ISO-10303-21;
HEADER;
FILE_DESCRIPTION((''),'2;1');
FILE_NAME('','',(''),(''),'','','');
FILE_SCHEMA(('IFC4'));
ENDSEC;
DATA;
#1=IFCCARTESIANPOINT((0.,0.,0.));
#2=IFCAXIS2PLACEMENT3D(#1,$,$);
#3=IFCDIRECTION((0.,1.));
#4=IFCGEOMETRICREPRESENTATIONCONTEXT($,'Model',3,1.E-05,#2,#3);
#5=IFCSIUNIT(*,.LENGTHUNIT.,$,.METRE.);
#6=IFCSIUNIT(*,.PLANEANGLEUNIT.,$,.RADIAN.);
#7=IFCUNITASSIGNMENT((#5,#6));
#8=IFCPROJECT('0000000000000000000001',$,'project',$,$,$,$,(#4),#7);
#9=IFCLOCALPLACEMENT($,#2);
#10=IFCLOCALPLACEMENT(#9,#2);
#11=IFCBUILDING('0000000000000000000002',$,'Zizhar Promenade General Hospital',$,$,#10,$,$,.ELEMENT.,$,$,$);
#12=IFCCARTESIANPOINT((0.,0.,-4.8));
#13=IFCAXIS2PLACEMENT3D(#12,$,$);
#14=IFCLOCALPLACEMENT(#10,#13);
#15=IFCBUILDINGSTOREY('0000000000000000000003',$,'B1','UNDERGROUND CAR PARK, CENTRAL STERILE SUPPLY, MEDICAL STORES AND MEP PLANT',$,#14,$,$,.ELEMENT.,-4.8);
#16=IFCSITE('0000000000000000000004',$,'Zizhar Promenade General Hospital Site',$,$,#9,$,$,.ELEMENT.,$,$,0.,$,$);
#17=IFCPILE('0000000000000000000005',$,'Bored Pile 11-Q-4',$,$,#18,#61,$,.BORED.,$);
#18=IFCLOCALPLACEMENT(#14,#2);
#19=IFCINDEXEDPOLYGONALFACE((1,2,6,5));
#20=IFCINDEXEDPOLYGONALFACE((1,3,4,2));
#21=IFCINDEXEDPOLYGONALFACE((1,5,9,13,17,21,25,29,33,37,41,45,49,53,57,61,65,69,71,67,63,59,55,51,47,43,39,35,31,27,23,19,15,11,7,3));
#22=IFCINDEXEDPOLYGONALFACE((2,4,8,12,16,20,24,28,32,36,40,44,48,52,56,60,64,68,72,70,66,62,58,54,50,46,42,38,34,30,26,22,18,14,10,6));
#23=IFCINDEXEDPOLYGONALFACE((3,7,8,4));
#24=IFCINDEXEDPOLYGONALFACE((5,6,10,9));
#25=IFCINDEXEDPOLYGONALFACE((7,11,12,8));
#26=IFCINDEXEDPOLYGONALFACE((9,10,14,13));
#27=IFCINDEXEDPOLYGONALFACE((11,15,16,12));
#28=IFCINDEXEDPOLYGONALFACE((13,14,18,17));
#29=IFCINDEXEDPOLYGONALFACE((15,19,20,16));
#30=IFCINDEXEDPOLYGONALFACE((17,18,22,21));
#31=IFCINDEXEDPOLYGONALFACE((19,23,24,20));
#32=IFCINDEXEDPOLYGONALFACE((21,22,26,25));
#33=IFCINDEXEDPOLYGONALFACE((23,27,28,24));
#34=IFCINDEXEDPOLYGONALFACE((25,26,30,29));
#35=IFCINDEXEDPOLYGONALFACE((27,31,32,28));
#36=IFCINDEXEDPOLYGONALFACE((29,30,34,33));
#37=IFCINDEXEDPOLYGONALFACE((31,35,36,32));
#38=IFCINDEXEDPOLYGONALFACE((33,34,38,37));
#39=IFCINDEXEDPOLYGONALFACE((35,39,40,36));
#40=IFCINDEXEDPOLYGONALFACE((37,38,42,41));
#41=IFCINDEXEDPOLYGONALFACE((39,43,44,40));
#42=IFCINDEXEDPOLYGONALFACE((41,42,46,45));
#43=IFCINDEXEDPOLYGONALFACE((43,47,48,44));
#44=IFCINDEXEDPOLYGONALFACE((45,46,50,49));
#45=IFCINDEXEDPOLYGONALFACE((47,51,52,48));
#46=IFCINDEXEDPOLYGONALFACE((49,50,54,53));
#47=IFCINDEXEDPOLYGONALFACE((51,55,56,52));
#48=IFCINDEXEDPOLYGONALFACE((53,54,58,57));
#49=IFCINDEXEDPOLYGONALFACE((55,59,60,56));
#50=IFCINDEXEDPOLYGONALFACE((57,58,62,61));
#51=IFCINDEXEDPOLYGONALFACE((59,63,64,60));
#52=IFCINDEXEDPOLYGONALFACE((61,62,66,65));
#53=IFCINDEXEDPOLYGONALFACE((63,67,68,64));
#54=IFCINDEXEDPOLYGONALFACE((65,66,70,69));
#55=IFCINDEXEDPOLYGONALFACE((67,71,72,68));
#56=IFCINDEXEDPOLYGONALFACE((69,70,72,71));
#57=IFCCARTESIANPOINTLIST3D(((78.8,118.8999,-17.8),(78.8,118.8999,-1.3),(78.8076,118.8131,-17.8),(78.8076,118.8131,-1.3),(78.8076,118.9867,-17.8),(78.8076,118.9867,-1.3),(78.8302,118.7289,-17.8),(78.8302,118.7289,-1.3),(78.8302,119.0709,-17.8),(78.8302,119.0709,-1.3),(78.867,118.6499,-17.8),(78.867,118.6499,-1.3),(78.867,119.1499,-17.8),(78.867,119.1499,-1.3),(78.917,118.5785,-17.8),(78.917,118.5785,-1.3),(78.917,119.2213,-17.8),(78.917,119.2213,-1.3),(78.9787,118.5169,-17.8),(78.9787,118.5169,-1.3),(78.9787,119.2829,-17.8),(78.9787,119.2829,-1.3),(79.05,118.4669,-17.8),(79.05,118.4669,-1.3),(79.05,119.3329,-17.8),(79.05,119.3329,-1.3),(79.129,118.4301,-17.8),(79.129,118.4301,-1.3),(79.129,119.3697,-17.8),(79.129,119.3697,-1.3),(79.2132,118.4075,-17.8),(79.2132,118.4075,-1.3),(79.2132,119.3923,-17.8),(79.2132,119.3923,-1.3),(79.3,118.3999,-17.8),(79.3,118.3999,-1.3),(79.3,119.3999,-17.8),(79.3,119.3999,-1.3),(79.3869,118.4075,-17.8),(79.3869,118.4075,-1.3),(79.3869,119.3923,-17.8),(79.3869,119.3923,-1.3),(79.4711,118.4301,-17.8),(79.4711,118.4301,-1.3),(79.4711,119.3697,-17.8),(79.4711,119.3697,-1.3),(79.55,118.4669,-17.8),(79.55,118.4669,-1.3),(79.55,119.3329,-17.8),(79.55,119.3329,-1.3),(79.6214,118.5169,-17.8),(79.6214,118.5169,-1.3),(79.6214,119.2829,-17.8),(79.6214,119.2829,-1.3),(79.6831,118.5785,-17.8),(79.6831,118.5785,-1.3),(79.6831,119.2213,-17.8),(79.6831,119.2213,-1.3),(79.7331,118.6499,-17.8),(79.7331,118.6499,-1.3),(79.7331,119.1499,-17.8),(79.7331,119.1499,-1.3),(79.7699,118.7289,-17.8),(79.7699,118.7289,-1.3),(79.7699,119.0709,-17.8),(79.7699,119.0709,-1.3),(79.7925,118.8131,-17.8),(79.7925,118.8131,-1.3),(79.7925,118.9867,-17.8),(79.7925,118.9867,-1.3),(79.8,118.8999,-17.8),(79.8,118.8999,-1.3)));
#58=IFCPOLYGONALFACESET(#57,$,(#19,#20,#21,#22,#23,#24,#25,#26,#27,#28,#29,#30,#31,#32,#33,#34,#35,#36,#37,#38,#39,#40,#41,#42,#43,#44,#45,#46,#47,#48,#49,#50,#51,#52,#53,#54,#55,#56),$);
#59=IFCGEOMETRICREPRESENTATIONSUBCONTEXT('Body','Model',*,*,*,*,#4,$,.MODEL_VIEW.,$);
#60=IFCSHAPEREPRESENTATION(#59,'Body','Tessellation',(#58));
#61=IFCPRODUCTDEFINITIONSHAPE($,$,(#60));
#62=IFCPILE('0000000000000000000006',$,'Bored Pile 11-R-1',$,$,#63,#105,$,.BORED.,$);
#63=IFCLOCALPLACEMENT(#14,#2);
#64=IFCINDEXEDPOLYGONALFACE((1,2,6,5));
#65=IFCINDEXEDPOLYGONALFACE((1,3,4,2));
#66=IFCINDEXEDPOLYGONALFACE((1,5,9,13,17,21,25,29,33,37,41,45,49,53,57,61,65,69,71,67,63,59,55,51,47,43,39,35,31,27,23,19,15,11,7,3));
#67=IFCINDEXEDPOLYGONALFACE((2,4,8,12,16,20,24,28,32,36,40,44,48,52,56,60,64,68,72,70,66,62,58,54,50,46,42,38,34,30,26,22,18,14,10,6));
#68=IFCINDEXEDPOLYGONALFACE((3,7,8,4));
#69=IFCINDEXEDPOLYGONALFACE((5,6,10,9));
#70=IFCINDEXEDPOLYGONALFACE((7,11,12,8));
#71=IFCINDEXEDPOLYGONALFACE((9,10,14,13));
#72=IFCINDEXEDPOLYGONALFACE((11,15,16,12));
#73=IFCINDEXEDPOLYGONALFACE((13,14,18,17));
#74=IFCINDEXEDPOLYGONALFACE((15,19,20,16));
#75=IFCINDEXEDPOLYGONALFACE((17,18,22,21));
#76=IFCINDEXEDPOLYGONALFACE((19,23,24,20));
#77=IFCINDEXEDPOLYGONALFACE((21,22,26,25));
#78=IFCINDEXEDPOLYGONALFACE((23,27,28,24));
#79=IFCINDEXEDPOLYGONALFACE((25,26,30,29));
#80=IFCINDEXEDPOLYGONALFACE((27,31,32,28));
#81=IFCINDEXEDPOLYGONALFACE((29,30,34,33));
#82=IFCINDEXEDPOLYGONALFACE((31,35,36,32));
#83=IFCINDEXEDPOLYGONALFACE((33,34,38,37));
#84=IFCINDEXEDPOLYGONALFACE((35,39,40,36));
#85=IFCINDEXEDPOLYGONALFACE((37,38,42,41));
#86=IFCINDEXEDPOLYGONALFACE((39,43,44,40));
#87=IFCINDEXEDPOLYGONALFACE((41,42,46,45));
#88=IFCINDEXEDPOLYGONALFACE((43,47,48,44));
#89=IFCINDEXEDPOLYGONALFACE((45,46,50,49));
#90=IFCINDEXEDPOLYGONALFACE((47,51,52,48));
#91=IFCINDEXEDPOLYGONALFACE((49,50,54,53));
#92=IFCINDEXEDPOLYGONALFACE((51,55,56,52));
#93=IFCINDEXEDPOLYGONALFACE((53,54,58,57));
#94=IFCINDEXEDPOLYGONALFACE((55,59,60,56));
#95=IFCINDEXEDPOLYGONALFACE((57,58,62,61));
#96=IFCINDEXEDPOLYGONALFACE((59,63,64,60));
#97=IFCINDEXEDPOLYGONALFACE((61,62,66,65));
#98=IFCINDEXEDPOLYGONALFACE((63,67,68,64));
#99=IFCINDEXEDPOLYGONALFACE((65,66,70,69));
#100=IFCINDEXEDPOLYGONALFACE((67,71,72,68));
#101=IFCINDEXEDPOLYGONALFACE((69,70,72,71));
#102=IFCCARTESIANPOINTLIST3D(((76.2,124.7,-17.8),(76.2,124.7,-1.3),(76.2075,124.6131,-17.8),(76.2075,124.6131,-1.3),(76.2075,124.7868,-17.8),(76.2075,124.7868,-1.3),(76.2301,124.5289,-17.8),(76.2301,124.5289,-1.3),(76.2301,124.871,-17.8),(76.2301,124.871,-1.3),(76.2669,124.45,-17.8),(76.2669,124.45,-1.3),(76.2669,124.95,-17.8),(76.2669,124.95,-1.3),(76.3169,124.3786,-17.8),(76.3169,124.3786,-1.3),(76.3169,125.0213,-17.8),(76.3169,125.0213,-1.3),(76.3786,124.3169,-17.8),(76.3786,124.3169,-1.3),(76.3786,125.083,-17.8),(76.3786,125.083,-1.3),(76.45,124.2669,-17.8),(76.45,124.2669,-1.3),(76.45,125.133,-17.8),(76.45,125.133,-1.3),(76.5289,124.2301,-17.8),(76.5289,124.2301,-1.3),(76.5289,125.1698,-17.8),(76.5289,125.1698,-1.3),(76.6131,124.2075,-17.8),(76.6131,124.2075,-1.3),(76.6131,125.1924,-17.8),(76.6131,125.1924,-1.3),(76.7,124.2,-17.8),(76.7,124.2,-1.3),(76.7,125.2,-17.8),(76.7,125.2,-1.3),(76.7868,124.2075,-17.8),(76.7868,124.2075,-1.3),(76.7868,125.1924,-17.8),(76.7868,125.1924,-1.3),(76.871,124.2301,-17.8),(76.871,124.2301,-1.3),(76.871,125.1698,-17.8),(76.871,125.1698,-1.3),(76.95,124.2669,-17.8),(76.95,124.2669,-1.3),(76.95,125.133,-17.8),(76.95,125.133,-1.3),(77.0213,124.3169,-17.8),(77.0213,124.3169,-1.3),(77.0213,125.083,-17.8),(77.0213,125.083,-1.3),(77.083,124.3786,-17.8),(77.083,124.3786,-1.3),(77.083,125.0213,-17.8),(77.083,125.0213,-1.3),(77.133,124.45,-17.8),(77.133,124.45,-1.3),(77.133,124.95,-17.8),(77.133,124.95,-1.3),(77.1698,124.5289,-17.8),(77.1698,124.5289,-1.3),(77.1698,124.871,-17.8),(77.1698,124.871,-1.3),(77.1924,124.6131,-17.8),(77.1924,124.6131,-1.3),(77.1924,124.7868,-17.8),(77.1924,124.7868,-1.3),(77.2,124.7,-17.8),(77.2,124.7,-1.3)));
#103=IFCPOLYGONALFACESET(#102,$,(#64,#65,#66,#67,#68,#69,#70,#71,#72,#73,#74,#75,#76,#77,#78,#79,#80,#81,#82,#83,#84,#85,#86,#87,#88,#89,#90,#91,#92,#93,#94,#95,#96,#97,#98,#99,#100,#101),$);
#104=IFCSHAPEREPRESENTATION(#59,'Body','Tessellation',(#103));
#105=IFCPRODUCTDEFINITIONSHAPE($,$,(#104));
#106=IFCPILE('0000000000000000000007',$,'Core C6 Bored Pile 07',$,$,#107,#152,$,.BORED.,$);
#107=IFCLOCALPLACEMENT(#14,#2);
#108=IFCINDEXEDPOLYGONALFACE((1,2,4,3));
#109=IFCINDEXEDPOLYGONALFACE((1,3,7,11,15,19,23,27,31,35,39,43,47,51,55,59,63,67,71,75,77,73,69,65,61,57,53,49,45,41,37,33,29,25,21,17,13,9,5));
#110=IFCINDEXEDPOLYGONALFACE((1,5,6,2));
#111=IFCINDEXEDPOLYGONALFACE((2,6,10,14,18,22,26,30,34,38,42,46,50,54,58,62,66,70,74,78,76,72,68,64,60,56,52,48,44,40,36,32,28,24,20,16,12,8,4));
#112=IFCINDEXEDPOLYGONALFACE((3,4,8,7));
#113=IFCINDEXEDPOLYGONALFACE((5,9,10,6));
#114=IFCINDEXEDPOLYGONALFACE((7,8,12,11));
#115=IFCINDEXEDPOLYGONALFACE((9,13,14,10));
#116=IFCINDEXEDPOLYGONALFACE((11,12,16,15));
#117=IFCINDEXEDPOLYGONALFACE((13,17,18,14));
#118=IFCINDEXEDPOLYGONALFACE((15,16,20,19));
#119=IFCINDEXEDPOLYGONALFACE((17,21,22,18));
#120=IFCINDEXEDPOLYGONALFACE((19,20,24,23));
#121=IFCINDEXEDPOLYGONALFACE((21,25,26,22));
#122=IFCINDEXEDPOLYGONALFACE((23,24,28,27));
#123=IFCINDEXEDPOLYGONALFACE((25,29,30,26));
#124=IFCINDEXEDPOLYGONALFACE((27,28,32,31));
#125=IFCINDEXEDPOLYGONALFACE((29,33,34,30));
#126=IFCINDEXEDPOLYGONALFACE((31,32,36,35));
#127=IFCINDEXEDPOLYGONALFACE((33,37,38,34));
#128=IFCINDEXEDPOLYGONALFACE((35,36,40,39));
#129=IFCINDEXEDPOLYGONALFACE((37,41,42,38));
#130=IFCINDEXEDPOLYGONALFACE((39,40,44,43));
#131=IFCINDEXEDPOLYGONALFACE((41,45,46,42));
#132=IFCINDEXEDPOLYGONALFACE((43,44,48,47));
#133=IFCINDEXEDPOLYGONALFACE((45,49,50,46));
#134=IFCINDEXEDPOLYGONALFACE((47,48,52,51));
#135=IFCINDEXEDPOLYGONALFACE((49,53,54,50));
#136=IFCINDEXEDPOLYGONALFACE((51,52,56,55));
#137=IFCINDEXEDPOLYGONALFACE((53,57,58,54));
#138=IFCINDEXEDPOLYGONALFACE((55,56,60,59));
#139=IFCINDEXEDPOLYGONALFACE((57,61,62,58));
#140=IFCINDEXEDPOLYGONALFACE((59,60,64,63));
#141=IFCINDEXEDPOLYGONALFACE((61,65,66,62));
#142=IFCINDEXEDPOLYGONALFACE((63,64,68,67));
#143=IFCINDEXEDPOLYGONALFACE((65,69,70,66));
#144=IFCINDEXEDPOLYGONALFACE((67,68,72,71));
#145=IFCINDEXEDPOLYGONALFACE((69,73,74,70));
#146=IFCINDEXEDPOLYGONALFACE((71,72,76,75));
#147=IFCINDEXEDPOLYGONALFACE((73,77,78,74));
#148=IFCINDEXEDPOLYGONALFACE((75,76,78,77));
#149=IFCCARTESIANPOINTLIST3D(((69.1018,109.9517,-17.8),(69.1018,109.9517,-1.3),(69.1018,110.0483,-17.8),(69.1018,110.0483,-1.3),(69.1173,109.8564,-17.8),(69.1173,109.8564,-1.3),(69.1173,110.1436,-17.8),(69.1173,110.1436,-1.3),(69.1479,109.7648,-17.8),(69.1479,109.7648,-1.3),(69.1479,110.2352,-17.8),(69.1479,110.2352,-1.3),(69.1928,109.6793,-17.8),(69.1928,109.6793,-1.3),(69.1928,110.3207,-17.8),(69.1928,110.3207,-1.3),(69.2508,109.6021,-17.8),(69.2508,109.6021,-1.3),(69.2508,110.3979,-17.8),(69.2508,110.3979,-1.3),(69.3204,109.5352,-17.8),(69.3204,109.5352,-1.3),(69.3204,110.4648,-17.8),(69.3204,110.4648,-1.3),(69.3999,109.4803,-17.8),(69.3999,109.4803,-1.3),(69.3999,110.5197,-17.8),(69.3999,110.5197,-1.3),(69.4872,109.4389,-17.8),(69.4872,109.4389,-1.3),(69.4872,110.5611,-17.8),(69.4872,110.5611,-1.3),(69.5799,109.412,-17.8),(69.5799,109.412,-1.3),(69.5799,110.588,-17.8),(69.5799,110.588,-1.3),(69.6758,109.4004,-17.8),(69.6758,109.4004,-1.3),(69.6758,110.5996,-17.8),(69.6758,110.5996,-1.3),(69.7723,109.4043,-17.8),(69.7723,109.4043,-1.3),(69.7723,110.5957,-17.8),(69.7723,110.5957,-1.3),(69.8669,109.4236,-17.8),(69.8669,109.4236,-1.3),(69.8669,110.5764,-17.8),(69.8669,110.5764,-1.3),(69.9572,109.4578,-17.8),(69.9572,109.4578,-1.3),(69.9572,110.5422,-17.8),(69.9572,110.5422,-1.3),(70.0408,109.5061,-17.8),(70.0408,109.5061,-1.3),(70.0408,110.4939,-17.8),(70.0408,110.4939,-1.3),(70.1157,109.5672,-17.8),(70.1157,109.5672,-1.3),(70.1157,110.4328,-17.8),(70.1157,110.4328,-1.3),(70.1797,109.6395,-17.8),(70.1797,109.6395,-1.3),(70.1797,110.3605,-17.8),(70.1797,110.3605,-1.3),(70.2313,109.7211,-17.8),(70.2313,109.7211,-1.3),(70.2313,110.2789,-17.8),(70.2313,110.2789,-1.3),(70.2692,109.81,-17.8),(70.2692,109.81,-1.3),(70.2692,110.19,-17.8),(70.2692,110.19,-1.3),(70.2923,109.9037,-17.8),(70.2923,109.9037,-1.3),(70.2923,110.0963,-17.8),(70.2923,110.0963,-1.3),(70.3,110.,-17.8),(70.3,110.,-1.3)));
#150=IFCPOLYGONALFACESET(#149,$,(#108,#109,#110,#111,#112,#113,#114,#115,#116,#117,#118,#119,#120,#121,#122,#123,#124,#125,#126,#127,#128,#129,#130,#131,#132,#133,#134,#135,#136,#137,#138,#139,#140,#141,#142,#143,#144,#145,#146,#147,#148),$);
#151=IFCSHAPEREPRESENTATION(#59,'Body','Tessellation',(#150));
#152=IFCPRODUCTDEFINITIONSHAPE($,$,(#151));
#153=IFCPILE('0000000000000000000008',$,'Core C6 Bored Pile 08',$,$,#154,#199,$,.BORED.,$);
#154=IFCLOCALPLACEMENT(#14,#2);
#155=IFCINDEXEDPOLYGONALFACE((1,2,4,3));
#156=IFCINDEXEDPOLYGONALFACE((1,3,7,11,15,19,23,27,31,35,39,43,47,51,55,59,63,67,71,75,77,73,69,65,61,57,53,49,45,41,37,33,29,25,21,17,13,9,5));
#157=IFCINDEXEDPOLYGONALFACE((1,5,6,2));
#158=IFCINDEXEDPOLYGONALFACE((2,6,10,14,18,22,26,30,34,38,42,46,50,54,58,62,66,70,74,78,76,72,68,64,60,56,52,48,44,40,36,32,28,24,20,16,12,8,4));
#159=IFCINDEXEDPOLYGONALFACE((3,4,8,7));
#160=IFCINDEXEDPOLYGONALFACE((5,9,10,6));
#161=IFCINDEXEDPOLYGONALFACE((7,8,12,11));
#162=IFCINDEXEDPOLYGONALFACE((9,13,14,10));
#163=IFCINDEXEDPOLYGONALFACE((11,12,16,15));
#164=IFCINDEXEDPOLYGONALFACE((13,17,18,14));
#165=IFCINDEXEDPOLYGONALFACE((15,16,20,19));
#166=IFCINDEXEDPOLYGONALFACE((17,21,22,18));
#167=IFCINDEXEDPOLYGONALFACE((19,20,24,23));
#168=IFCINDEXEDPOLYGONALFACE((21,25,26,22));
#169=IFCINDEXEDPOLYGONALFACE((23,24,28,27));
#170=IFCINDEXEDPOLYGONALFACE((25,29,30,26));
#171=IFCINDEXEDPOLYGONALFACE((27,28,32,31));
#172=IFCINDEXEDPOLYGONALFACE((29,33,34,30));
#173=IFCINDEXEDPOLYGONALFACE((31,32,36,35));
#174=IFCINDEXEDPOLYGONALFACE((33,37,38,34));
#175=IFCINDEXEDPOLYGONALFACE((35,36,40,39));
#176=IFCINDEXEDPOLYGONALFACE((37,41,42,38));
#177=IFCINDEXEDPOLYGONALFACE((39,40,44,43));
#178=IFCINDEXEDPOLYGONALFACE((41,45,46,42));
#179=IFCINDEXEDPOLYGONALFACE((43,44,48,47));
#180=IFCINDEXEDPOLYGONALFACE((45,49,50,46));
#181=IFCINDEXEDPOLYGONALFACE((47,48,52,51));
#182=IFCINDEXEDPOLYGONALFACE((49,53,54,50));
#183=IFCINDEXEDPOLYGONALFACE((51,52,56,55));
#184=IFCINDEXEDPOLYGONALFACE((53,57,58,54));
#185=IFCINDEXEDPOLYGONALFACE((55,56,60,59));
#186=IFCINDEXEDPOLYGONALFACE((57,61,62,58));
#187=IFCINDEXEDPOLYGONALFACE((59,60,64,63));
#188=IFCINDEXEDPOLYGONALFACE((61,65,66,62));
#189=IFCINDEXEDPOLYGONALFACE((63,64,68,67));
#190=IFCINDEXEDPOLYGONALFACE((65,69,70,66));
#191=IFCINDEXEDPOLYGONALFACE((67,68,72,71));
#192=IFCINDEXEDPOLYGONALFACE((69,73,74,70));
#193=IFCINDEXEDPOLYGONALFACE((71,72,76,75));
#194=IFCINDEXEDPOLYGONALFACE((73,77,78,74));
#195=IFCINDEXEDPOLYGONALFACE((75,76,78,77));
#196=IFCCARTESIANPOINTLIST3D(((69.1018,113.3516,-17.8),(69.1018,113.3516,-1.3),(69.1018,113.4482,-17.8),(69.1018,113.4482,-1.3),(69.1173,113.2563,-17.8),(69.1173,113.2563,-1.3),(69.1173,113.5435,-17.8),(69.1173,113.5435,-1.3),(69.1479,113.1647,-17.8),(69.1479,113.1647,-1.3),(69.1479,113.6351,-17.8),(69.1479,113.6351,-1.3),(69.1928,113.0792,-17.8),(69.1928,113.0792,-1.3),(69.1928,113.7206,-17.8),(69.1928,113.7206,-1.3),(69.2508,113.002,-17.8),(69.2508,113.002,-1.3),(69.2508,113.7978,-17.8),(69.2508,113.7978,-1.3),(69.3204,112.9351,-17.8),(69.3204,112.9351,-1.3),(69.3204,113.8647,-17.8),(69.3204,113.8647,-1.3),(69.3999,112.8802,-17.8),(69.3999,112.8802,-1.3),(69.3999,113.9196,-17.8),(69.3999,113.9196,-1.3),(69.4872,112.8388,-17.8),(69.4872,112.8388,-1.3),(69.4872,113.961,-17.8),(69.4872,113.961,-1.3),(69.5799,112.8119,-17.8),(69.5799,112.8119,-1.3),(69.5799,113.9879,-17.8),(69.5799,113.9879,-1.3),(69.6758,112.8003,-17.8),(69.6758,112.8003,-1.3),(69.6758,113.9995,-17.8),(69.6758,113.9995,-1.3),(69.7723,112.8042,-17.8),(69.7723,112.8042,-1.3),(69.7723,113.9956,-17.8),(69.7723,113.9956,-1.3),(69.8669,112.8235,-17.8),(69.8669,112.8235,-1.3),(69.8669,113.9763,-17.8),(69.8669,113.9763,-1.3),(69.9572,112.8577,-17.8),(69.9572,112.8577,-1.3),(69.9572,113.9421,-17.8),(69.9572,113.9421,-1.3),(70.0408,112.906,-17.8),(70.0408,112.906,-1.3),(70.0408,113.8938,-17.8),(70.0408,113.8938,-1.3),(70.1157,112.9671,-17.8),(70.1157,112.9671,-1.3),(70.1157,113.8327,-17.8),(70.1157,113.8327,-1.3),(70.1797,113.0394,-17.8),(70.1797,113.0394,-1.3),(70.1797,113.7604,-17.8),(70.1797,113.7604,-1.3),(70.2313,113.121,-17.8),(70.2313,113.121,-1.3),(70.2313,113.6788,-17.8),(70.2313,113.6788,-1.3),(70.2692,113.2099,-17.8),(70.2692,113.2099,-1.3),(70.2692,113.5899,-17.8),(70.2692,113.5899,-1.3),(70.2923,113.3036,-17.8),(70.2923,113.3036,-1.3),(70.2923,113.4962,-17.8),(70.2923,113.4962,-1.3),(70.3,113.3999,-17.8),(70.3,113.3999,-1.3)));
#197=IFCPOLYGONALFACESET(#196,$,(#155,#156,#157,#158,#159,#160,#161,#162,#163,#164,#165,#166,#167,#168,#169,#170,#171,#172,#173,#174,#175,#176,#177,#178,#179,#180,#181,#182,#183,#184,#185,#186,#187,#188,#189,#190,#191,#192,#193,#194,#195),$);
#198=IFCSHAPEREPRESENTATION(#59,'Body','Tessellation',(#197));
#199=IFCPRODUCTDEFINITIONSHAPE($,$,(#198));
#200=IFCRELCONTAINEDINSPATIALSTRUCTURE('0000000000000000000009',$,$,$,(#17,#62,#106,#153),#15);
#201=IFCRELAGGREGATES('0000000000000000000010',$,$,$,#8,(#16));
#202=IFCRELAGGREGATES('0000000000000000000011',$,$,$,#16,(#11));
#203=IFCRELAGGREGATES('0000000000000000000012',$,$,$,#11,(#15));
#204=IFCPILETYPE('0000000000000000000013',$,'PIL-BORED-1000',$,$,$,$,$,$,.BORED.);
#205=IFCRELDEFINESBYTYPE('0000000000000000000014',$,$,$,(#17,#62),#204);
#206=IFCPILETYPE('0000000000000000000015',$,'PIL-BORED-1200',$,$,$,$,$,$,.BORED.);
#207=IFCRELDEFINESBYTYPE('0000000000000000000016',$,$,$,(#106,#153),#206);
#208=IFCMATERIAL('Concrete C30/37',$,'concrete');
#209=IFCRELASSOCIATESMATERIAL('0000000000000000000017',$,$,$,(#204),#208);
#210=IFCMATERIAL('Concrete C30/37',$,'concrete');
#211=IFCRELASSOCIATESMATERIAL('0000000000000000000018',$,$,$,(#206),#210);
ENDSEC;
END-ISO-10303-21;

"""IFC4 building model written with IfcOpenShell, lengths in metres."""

from ifc_helpers import new_model, si_unit, direction, frame, origin, origin_2d, place, context, subcontext, project, spatial, circle, extrude, material, material_profile, profile_set, type_object, element, save


model = new_model("IFC4")

# Units and contexts
model_context = context("Model", 3, precision=1e-05, world=origin(), true_north=direction((0.0, 1.0)))
body_context = subcontext(model_context, "Body", "Model", "MODEL_VIEW")
ifc_project = project(units=[si_unit("LENGTHUNIT", "METRE"), si_unit("PLANEANGLEUNIT", "RADIAN")], contexts=[model_context])

# Site, building, storey
site_placement = place(None, origin())
site = spatial("IfcSite", under=ifc_project, at=site_placement, Name="Zizhar Promenade General Hospital Site", CompositionType="ELEMENT", RefElevation=0.0)
building_placement = place(site_placement, origin())
building = spatial("IfcBuilding", under=site, at=building_placement, Name="Zizhar Promenade General Hospital", CompositionType="ELEMENT")
storey_placement = place(building_placement, frame((0.0, 0.0, -4.8)))
storey = spatial("IfcBuildingStorey", under=building, at=storey_placement, Name="B1", Description="UNDERGROUND CAR PARK, CENTRAL STERILE SUPPLY, MEDICAL STORES AND MEP PLANT", CompositionType="ELEMENT", Elevation=-4.8)

# Piles
ifc_material_1 = material(Name="Concrete C30/37", Category="concrete")
ifc_material_profile_1 = material_profile(ifc_material_1, circle(Radius=0.5, at=origin_2d()))
ifc_profile_set_1 = profile_set([ifc_material_profile_1], Name="Concrete C30/37")
pile_type_1 = type_object("IfcPileType", Name="PIL-BORED-1000", PredefinedType="BORED", material=ifc_profile_set_1)
for number, where, z_axis, x_axis, name in (
    (1, (79.3, 118.8999, -1.3), (0.0, 0.0, -1.0), (1.0, 0.0, 0.0), "Bored Pile 11-Q-4"),
    (2, (76.7, 124.7, -1.3), (0.0, 0.0, -1.0), (1.0, 0.0, 0.0), "Bored Pile 11-R-1"),
):
    element("IfcPile", number, at=place(storey_placement, frame(where, z_axis=z_axis, x_axis=x_axis)), inside=storey, type_object=pile_type_1, Name=name, PredefinedType="BORED", context=body_context, shape_type="SweptSolid", body=[
        extrude(circle(Radius=0.5, at=origin_2d()), origin(), (0.0, 0.0, 1.0), 16.5),
    ])
ifc_material_2 = material(Name="Concrete C30/37", Category="concrete")
ifc_material_profile_2 = material_profile(ifc_material_2, circle(Radius=0.6001, at=origin_2d()))
ifc_profile_set_2 = profile_set([ifc_material_profile_2], Name="Concrete C30/37")
pile_type_2 = type_object("IfcPileType", Name="PIL-BORED-1200", PredefinedType="BORED", material=ifc_profile_set_2)
for number, where, z_axis, x_axis, name in (
    (3, (69.7, 110.0, -1.3), (0.0, 0.0, -1.0), (1.0, 0.0, 0.0), "Core C6 Bored Pile 07"),
    (4, (69.7, 113.3999, -1.3), (0.0, 0.0, -1.0), (1.0, 0.0, 0.0), "Core C6 Bored Pile 08"),
):
    element("IfcPile", number, at=place(storey_placement, frame(where, z_axis=z_axis, x_axis=x_axis)), inside=storey, type_object=pile_type_2, Name=name, PredefinedType="BORED", context=body_context, shape_type="SweptSolid", body=[
        extrude(circle(Radius=0.6001, at=origin_2d()), origin(), (0.0, 0.0, 1.0), 16.5),
    ])

save(model, "model.ifc")
